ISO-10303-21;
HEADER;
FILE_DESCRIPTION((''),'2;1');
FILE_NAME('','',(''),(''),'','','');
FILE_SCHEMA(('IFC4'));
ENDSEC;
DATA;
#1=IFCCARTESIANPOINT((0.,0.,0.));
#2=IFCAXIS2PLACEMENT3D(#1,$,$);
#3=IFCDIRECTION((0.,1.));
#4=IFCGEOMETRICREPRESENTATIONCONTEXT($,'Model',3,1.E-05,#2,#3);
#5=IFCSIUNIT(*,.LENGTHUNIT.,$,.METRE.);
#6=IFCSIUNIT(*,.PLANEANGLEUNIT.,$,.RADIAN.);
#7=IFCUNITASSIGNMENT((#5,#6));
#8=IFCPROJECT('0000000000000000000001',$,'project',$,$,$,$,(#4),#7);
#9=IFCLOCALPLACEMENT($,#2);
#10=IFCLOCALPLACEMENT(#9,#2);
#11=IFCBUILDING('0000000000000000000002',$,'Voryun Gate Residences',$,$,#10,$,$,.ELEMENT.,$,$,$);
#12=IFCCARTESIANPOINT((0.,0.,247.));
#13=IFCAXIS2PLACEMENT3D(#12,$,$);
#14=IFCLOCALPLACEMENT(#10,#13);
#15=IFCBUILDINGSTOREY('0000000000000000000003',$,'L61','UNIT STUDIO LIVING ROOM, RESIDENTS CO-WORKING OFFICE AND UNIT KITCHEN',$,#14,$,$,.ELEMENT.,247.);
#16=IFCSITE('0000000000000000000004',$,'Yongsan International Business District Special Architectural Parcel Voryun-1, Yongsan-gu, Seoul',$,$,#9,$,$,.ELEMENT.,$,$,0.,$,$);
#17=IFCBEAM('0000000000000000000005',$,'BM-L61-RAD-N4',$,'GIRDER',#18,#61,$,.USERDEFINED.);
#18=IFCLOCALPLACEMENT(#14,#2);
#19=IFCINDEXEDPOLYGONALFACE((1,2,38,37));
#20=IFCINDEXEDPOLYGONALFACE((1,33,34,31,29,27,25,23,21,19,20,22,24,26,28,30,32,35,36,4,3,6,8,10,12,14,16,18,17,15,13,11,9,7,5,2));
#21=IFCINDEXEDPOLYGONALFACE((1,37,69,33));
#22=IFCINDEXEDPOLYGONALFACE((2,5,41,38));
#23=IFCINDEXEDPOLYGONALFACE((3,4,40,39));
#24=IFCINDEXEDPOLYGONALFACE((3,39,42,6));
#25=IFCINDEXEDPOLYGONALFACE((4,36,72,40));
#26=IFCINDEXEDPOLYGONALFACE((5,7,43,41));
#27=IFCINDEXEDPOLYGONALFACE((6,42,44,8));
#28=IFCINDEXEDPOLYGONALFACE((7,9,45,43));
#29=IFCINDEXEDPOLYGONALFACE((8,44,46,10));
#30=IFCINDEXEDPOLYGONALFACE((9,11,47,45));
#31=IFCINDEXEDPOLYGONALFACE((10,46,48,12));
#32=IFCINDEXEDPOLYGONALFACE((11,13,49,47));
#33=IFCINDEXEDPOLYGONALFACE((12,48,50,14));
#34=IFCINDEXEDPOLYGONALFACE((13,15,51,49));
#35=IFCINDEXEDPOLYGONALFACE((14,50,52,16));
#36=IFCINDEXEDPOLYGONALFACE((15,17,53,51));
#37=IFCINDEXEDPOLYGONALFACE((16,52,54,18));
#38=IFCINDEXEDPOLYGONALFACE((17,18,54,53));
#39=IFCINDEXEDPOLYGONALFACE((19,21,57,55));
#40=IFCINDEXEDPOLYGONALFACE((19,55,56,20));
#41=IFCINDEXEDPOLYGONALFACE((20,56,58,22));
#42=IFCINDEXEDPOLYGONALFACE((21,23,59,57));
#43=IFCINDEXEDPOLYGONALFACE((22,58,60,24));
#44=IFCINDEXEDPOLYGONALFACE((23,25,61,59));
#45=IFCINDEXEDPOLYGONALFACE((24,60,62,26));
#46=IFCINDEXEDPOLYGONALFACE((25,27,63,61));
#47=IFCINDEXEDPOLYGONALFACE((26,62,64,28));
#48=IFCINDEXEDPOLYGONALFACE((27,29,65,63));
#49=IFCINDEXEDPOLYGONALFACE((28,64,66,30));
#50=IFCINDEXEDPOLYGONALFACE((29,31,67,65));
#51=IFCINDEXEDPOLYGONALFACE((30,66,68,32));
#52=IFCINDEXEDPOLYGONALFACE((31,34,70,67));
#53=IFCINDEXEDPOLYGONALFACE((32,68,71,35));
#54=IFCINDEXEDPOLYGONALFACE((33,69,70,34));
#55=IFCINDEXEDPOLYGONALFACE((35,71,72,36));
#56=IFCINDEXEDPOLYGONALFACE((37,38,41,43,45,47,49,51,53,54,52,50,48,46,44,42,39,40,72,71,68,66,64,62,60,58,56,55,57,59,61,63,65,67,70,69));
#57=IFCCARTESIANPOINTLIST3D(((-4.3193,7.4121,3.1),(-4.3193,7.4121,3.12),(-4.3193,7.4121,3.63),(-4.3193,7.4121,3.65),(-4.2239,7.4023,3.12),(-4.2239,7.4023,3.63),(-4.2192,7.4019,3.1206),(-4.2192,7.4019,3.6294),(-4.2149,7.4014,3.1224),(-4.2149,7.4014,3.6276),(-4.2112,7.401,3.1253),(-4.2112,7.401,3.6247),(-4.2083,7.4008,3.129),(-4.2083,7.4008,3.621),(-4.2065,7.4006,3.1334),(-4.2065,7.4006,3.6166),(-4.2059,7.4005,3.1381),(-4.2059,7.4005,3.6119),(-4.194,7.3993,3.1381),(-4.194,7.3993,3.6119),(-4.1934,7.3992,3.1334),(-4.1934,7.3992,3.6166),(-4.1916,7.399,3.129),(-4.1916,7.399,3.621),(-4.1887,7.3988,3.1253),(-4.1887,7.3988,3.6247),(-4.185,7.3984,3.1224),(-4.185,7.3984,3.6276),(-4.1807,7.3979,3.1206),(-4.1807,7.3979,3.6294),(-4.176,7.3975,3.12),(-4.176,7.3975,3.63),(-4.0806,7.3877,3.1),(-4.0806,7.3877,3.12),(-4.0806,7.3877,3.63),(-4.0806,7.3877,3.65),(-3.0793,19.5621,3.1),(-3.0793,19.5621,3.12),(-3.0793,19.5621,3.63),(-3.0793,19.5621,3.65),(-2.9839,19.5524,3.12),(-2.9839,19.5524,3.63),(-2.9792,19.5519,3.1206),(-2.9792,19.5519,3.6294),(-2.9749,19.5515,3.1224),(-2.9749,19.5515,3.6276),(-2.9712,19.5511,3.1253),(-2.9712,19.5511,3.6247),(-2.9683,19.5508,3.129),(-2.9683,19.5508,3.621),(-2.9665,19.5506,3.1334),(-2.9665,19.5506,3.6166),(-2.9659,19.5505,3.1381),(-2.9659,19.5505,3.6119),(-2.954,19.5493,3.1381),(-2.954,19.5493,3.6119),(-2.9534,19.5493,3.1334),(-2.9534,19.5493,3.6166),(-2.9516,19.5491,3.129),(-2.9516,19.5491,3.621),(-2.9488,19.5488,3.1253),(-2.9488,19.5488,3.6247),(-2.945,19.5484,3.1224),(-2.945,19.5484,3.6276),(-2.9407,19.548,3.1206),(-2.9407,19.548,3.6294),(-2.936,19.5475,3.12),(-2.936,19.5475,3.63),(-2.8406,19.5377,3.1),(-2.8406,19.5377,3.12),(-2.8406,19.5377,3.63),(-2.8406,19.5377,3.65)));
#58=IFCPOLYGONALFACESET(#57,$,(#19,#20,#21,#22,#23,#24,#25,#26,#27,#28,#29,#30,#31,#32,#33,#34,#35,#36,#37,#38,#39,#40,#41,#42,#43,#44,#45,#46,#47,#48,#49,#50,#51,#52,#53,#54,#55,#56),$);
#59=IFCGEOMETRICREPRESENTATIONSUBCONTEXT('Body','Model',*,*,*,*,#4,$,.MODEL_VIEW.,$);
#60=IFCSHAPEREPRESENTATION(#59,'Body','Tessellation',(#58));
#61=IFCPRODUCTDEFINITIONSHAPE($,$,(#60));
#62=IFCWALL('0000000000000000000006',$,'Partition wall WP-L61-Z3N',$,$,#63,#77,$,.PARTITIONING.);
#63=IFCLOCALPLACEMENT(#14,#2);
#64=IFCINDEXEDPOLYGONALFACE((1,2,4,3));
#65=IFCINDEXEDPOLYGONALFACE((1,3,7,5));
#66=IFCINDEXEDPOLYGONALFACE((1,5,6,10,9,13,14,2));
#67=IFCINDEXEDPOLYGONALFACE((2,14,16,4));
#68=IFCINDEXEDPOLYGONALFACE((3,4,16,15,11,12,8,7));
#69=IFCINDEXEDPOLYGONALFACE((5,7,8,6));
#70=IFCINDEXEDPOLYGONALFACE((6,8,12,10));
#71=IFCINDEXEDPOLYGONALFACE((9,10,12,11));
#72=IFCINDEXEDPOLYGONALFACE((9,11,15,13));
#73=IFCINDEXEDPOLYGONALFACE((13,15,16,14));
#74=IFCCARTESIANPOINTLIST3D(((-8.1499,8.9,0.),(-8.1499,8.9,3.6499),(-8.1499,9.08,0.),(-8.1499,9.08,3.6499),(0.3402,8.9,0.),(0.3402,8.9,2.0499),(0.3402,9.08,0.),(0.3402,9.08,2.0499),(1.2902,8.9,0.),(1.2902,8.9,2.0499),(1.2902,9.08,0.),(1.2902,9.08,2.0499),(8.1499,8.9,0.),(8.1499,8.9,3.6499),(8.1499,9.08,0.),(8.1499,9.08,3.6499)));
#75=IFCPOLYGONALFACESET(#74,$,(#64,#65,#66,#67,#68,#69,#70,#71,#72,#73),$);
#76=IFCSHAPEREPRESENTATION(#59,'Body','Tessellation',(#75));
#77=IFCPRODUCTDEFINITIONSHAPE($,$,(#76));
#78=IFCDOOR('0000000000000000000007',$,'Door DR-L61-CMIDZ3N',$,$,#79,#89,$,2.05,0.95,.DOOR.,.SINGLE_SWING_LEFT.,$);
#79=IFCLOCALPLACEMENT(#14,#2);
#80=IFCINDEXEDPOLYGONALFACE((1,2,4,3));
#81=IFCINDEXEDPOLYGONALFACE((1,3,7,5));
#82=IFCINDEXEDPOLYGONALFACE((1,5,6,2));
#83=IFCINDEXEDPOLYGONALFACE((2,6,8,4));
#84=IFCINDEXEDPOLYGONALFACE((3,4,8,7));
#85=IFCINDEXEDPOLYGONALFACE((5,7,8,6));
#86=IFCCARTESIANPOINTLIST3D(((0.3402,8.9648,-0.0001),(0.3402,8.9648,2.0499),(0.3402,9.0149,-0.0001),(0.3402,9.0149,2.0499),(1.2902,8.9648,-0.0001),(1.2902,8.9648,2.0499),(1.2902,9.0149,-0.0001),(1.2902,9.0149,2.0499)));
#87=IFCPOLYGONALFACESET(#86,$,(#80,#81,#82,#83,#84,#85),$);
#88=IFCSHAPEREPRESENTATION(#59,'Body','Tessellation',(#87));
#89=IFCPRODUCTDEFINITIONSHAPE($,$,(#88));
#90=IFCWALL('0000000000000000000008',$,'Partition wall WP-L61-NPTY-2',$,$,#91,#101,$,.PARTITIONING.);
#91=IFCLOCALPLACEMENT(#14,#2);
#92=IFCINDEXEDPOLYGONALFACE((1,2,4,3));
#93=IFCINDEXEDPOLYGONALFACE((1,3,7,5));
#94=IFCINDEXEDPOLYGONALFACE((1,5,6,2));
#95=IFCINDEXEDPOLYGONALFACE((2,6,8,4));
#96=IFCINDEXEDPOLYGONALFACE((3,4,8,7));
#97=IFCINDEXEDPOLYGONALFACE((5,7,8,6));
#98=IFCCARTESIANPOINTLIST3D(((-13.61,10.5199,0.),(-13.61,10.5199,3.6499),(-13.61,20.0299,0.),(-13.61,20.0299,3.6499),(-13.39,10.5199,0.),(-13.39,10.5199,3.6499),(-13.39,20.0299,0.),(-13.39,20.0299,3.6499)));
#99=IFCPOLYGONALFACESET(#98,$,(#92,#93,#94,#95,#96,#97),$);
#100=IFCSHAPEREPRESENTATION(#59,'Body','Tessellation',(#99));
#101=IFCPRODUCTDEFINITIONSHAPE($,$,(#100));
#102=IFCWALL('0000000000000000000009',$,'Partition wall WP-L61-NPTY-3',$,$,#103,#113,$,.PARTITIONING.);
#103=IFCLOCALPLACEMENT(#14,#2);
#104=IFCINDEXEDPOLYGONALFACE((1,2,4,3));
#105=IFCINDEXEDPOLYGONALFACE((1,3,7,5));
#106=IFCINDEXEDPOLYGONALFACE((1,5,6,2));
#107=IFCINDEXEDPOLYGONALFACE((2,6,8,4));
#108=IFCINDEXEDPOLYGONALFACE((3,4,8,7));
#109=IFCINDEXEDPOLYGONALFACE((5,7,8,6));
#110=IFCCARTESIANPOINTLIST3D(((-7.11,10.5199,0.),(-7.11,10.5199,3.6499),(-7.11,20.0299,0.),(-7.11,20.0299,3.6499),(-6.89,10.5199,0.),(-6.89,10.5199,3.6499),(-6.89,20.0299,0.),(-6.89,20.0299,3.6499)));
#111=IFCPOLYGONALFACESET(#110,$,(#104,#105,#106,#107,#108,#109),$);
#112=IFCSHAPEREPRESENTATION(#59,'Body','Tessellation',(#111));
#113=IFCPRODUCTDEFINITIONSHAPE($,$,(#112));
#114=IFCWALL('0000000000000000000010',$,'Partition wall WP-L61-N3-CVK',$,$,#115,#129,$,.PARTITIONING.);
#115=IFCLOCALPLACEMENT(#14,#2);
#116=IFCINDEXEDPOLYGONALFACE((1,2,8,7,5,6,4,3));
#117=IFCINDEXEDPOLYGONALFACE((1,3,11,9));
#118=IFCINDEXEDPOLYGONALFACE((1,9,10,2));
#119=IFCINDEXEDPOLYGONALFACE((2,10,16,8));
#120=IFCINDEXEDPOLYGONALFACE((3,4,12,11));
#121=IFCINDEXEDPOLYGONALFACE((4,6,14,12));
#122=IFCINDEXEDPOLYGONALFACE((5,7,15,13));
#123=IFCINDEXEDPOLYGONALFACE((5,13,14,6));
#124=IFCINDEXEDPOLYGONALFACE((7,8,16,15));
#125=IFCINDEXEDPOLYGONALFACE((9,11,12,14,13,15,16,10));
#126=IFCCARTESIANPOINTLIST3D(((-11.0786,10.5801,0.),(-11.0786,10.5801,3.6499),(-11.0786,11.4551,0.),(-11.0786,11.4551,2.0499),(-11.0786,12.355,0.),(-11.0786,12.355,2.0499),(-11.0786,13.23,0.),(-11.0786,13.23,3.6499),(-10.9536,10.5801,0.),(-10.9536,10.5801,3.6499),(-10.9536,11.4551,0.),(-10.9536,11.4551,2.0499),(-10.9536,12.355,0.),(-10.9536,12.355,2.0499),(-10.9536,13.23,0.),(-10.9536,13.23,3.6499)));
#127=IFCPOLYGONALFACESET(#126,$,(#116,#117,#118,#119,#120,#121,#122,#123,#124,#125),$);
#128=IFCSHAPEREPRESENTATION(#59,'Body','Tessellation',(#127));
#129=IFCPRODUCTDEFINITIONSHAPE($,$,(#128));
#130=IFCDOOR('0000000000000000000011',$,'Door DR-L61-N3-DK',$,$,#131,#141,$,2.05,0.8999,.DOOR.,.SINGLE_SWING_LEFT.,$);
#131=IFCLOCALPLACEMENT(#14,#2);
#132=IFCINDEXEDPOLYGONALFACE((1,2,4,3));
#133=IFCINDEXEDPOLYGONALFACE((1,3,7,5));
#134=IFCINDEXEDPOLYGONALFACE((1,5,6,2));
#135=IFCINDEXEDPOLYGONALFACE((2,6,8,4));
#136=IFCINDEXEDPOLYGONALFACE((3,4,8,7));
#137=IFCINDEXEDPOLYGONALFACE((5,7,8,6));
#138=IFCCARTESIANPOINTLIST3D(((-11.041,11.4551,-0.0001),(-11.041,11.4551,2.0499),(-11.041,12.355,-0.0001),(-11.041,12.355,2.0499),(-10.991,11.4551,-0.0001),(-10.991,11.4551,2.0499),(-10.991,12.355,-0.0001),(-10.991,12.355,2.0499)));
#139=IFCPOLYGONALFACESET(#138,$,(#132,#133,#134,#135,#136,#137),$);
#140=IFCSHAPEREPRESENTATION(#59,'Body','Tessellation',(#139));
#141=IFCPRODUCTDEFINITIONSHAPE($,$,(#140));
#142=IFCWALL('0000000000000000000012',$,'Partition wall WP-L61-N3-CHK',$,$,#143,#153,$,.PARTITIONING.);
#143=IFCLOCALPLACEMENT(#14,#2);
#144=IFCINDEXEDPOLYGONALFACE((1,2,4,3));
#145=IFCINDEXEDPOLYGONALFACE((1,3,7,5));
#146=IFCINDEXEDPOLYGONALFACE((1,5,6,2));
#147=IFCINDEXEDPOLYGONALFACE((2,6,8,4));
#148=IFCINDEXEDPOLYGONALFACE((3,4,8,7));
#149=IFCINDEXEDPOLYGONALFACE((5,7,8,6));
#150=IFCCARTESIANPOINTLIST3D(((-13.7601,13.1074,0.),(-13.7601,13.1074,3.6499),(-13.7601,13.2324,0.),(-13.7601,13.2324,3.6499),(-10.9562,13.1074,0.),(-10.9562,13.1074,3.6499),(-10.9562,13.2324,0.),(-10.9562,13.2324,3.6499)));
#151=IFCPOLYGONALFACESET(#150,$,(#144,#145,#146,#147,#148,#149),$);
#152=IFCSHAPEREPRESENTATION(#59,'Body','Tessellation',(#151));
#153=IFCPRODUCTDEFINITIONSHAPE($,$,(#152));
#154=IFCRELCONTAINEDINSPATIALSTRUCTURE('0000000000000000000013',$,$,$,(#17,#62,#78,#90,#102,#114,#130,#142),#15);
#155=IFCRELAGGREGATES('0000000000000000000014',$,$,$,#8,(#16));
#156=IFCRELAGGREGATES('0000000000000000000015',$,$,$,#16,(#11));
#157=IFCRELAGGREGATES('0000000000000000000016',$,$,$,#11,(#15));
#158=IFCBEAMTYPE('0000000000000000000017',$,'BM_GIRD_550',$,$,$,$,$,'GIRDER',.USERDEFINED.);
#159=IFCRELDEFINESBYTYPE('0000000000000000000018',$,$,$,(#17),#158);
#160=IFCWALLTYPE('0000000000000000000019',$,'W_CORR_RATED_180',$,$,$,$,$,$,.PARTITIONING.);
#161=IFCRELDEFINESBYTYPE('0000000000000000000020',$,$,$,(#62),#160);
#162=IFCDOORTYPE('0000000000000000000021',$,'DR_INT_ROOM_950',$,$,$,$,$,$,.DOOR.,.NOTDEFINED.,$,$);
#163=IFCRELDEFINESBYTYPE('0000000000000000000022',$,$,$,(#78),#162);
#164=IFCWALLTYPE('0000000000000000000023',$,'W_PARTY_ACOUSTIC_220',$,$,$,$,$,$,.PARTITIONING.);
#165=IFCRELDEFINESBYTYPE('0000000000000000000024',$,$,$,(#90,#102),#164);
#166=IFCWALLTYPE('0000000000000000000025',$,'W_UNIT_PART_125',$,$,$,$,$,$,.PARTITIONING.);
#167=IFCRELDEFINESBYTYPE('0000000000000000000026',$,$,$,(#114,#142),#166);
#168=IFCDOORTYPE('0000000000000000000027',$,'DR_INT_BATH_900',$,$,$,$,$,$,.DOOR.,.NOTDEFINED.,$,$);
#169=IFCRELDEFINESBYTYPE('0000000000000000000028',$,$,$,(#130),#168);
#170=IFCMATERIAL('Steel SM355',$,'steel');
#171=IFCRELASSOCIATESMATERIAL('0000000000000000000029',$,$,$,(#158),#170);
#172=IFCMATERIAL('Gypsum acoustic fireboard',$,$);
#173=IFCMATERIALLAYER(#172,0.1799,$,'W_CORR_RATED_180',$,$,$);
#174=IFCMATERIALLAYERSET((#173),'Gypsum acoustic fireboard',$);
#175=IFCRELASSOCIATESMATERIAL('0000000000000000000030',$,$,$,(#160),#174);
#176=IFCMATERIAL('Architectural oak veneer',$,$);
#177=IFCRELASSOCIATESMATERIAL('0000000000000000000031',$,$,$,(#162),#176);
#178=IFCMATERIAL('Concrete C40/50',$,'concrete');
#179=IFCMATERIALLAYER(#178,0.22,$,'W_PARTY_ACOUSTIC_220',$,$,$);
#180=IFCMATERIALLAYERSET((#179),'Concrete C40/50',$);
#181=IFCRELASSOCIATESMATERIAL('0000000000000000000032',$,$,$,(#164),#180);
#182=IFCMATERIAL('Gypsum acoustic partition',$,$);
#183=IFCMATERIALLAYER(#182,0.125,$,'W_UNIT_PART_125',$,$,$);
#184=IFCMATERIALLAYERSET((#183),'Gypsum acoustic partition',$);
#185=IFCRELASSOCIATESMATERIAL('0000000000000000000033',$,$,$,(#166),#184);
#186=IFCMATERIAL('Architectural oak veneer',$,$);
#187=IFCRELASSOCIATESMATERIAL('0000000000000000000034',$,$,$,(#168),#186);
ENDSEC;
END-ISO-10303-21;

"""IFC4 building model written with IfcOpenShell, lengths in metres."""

from ifc_helpers import new_model, si_unit, direction, frame, frame_2d, origin, origin_2d, place, context, subcontext, project, spatial, rectangle, i_section, extrude, material, layer, layer_set, material_profile, profile_set, type_object, element, fill, save


model = new_model("IFC4")

# Units and contexts
model_context = context("Model", 3, precision=1e-05, world=origin(), true_north=direction((0.0, 1.0)))
body_context = subcontext(model_context, "Body", "Model", "MODEL_VIEW")
ifc_project = project(units=[si_unit("LENGTHUNIT", "METRE"), si_unit("PLANEANGLEUNIT", "RADIAN")], contexts=[model_context])

# Site, building, storey
site_placement = place(None, origin())
site = spatial("IfcSite", under=ifc_project, at=site_placement, Name="Yongsan International Business District Special Architectural Parcel Voryun-1, Yongsan-gu, Seoul", CompositionType="ELEMENT", RefElevation=0.0)
building_placement = place(site_placement, origin())
building = spatial("IfcBuilding", under=site, at=building_placement, Name="Voryun Gate Residences", CompositionType="ELEMENT")
storey_placement = place(building_placement, frame((0.0, 0.0, 247.0)))
storey = spatial("IfcBuildingStorey", under=building, at=storey_placement, Name="L61", Description="UNIT STUDIO LIVING ROOM, RESIDENTS CO-WORKING OFFICE AND UNIT KITCHEN", CompositionType="ELEMENT", Elevation=247.0)

# Beam
ifc_material_1 = material(Name="Steel SM355", Category="steel")
ifc_material_profile_1 = material_profile(ifc_material_1, i_section(OverallWidth=0.24, OverallDepth=0.55, WebThickness=0.012, FlangeThickness=0.02, FilletRadius=0.0181, at=origin_2d()), Name="H-550x240x12x20")
ifc_profile_set_1 = profile_set([ifc_material_profile_1], Name="Steel SM355")
beam_type_1 = type_object("IfcBeamType", Name="BM_GIRD_550", ElementType="GIRDER", PredefinedType="USERDEFINED", material=ifc_profile_set_1)
beam_1_placement = place(storey_placement, frame((-4.2, 7.3999, 3.375), z_axis=(0.101528, 0.994833, 0.0), x_axis=(-0.994833, 0.101528, 0.0)))
element("IfcBeam", 1, at=beam_1_placement, inside=storey, type_object=beam_type_1, Name="BM-L61-RAD-N4", ObjectType="GIRDER", PredefinedType="USERDEFINED", context=body_context, shape_type="SweptSolid", body=[
    extrude(i_section(OverallWidth=0.24, OverallDepth=0.55, WebThickness=0.012, FlangeThickness=0.02, FilletRadius=0.0181, at=origin_2d()), origin(), (0.0, 0.0, 1.0), 12.2131),
])

# Wall, opening, door
ifc_material_2 = material(Name="Gypsum acoustic fireboard")
ifc_layer_1 = layer(ifc_material_2, 0.1799, Name="W_CORR_RATED_180")
ifc_layer_set_1 = layer_set([ifc_layer_1], Name="Gypsum acoustic fireboard")
wall_type_1 = type_object("IfcWallType", Name="W_CORR_RATED_180", PredefinedType="PARTITIONING", material=ifc_layer_set_1)
wall_1_placement = place(storey_placement, frame((-8.1499, 8.99, 0.0), z_axis=(0.0, 0.0, 1.0), x_axis=(1.0, 0.0, 0.0)))
wall_1 = element("IfcWall", 2, at=wall_1_placement, inside=storey, type_object=wall_type_1, Name="Partition wall WP-L61-Z3N", PredefinedType="PARTITIONING", context=body_context, shape_type="SweptSolid", body=[
    extrude(rectangle(XDim=16.2998, YDim=0.1799, at=frame_2d((8.1499, 0.0))), origin(), (0.0, 0.0, 1.0), 3.6499),
])
opening_1_placement = place(wall_1_placement, frame((8.49, 0.0, 0.0)))
opening_1 = element("IfcOpeningElement", 3, at=opening_1_placement, cuts=wall_1, PredefinedType="OPENING", context=body_context, shape_type="SweptSolid", body=[
    extrude(rectangle(XDim=0.95, YDim=2.05, at=frame_2d((0.4751, 1.0249))), frame((0.0, 0.0999, 0.0), z_axis=(0.0, -1.0, 0.0), x_axis=(1.0, 0.0, 0.0)), (0.0, 0.0, 1.0), 0.2),
])
ifc_material_3 = material(Name="Architectural oak veneer")
door_type_1 = type_object("IfcDoorType", Name="DR_INT_ROOM_950", OperationType="NOTDEFINED", PredefinedType="DOOR", material=ifc_material_3)
door_1_placement = place(opening_1_placement, origin())
door_1 = element("IfcDoor", 4, at=door_1_placement, inside=storey, type_object=door_type_1, Name="Door DR-L61-CMIDZ3N", OperationType="SINGLE_SWING_LEFT", OverallHeight=2.05, OverallWidth=0.95, PredefinedType="DOOR", context=body_context, shape_type="SweptSolid", body=[
    extrude(rectangle(XDim=0.95, YDim=2.05, at=frame_2d((0.4751, 1.0249))), frame((0.0, 0.0249, 0.0), z_axis=(0.0, -1.0, 0.0), x_axis=(1.0, 0.0, 0.0)), (0.0, 0.0, 1.0), 0.05),
])
fill(opening_1, door_1)

# Walls
ifc_material_4 = material(Name="Concrete C40/50", Category="concrete")
ifc_layer_2 = layer(ifc_material_4, 0.22, Name="W_PARTY_ACOUSTIC_220")
ifc_layer_set_2 = layer_set([ifc_layer_2], Name="Concrete C40/50")
wall_type_2 = type_object("IfcWallType", Name="W_PARTY_ACOUSTIC_220", PredefinedType="PARTITIONING", material=ifc_layer_set_2)
for number, where, z_axis, x_axis, name in (
    (5, (-13.5, 10.52, 0.0), (0.0, 0.0, 1.0), (0.0, 1.0, 0.0), "Partition wall WP-L61-NPTY-2"),
    (6, (-7.0, 10.52, 0.0), (0.0, 0.0, 1.0), (0.0, 1.0, 0.0), "Partition wall WP-L61-NPTY-3"),
):
    element("IfcWall", number, at=place(storey_placement, frame(where, z_axis=z_axis, x_axis=x_axis)), inside=storey, type_object=wall_type_2, Name=name, PredefinedType="PARTITIONING", context=body_context, shape_type="SweptSolid", body=[
        extrude(rectangle(XDim=9.51, YDim=0.22, at=frame_2d((4.7549, 0.0))), origin(), (0.0, 0.0, 1.0), 3.6499),
    ])

# Wall, opening, door
ifc_material_5 = material(Name="Gypsum acoustic partition")
ifc_layer_3 = layer(ifc_material_5, 0.125, Name="W_UNIT_PART_125")
ifc_layer_set_3 = layer_set([ifc_layer_3], Name="Gypsum acoustic partition")
wall_type_3 = type_object("IfcWallType", Name="W_UNIT_PART_125", PredefinedType="PARTITIONING", material=ifc_layer_set_3)
wall_2_placement = place(storey_placement, frame((-11.0161, 10.5801, 0.0), z_axis=(0.0, 0.0, 1.0), x_axis=(0.0, 1.0, 0.0)))
wall_2 = element("IfcWall", 7, at=wall_2_placement, inside=storey, type_object=wall_type_3, Name="Partition wall WP-L61-N3-CVK", PredefinedType="PARTITIONING", context=body_context, shape_type="SweptSolid", body=[
    extrude(rectangle(XDim=2.6499, YDim=0.125, at=frame_2d((1.325, 0.0))), origin(), (0.0, 0.0, 1.0), 3.6499),
])
opening_2_placement = place(wall_2_placement, frame((0.875, 0.0, 0.0)))
opening_2 = element("IfcOpeningElement", 8, at=opening_2_placement, cuts=wall_2, PredefinedType="OPENING", context=body_context, shape_type="SweptSolid", body=[
    extrude(rectangle(XDim=0.8999, YDim=2.05, at=frame_2d((0.45, 1.0249))), frame((0.0, 0.0725, 0.0), z_axis=(0.0, -1.0, 0.0), x_axis=(1.0, 0.0, 0.0)), (0.0, 0.0, 1.0), 0.145),
])
ifc_material_6 = material(Name="Architectural oak veneer")
door_type_2 = type_object("IfcDoorType", Name="DR_INT_BATH_900", OperationType="NOTDEFINED", PredefinedType="DOOR", material=ifc_material_6)
door_2_placement = place(opening_2_placement, origin())
door_2 = element("IfcDoor", 9, at=door_2_placement, inside=storey, type_object=door_type_2, Name="Door DR-L61-N3-DK", OperationType="SINGLE_SWING_LEFT", OverallHeight=2.05, OverallWidth=0.8999, PredefinedType="DOOR", context=body_context, shape_type="SweptSolid", body=[
    extrude(rectangle(XDim=0.8999, YDim=2.05, at=frame_2d((0.45, 1.0249))), frame((0.0, 0.0249, 0.0), z_axis=(0.0, -1.0, 0.0), x_axis=(1.0, 0.0, 0.0)), (0.0, 0.0, 1.0), 0.05),
])
fill(opening_2, door_2)

# Wall
wall_3_placement = place(storey_placement, frame((-13.76, 13.1699, 0.0), z_axis=(0.0, 0.0, 1.0), x_axis=(1.0, 0.0, 0.0)))
element("IfcWall", 10, at=wall_3_placement, inside=storey, type_object=wall_type_3, Name="Partition wall WP-L61-N3-CHK", PredefinedType="PARTITIONING", context=body_context, shape_type="SweptSolid", body=[
    extrude(rectangle(XDim=2.804, YDim=0.125, at=frame_2d((1.4019, 0.0))), origin(), (0.0, 0.0, 1.0), 3.6499),
])

save(model, "model.ifc")
